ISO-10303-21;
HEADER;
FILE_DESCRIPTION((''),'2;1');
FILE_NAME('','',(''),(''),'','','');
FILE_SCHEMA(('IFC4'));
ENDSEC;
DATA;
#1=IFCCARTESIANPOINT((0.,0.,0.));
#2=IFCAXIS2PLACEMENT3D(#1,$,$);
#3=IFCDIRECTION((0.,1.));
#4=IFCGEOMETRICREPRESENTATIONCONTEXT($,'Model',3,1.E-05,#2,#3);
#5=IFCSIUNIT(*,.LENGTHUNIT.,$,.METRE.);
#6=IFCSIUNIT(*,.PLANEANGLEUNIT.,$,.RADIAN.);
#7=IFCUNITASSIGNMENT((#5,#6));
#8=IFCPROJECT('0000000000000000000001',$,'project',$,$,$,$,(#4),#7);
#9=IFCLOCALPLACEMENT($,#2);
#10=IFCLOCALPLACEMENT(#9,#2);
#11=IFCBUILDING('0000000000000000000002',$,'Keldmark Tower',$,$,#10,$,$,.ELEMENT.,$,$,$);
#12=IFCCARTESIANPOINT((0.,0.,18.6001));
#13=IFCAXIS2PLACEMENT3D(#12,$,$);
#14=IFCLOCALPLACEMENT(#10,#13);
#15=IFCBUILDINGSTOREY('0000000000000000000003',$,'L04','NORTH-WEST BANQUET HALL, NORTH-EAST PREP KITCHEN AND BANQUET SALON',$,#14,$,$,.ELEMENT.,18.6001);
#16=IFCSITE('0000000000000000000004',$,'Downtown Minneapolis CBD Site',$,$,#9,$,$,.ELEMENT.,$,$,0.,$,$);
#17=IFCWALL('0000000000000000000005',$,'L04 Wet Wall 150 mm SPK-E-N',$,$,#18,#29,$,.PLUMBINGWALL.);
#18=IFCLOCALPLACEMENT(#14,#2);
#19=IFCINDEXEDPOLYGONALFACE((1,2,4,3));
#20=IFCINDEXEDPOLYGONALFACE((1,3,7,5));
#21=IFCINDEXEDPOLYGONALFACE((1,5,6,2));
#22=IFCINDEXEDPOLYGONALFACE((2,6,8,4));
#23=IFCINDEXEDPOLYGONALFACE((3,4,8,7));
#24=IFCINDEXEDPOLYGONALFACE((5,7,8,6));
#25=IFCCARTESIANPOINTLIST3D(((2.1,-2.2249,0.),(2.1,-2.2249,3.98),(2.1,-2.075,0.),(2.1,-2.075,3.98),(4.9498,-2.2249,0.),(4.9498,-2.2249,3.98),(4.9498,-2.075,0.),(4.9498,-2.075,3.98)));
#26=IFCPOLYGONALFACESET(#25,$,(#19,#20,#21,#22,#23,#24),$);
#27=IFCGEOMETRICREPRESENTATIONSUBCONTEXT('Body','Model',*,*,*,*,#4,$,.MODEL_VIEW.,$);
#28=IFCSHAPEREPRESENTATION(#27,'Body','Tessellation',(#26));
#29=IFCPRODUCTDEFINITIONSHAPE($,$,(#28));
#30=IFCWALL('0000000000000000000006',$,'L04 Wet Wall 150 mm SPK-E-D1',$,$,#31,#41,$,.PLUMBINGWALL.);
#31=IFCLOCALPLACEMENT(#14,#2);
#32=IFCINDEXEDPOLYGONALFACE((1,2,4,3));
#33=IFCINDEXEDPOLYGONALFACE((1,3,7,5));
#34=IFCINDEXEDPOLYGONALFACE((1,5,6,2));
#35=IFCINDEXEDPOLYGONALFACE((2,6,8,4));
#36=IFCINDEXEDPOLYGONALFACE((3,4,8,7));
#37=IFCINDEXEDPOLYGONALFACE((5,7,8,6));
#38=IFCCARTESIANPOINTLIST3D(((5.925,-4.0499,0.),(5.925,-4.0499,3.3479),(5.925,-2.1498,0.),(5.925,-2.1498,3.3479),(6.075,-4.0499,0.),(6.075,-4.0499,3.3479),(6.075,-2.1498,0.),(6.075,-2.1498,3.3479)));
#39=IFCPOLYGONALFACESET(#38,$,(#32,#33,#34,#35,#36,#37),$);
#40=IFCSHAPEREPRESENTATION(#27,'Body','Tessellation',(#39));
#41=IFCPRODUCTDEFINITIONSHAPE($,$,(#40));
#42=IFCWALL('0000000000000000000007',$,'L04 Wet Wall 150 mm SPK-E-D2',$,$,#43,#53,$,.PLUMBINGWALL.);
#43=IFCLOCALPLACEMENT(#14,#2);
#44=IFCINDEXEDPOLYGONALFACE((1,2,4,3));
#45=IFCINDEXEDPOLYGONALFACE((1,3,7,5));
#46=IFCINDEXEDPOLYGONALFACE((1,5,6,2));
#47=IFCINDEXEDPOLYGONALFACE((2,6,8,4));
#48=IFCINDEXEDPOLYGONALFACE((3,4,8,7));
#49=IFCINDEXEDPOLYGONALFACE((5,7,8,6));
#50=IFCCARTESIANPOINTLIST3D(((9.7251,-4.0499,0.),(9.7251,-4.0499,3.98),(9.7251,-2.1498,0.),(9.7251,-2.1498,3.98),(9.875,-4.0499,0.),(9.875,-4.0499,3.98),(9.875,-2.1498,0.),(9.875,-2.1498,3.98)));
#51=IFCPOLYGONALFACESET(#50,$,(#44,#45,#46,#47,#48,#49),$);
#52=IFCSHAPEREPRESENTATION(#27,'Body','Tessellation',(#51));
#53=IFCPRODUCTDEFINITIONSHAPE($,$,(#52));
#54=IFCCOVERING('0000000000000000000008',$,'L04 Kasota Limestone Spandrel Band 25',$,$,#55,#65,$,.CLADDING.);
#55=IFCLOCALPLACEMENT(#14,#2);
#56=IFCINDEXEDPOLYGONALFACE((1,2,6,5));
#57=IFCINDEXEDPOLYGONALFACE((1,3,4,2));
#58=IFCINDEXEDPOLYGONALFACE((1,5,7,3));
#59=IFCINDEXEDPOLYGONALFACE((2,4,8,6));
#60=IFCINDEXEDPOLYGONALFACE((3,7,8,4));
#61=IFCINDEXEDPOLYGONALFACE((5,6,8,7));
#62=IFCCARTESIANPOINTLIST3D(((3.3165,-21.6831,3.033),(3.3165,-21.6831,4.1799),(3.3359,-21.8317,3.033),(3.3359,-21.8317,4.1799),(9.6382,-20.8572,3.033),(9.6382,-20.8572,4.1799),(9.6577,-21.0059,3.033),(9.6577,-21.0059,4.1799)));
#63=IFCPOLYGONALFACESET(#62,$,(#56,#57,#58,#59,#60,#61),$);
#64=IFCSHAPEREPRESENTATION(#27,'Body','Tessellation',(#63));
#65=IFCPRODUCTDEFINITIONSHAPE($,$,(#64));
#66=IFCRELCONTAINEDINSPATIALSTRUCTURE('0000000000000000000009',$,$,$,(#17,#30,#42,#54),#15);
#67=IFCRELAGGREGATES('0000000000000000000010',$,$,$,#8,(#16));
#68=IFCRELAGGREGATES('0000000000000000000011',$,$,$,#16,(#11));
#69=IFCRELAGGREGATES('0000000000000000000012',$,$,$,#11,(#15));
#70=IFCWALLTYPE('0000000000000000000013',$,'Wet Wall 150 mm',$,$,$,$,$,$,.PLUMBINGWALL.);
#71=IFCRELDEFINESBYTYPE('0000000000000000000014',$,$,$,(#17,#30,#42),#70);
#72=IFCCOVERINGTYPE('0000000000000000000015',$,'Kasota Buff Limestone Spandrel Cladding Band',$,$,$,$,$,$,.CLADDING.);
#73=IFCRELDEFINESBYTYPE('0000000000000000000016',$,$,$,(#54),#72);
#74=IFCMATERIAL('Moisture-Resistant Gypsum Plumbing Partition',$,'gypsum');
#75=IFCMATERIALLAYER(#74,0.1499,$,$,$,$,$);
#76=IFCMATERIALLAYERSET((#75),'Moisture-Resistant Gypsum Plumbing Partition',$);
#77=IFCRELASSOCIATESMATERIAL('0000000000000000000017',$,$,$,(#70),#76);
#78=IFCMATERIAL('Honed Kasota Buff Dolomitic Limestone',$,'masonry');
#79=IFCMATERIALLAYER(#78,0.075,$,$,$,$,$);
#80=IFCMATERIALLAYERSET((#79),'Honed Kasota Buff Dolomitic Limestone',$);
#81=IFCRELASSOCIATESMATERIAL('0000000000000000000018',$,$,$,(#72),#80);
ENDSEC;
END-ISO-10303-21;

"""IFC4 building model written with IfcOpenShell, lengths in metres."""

from ifc_helpers import new_model, si_unit, direction, frame, frame_2d, origin, origin_2d, place, context, subcontext, project, spatial, rectangle, extrude, material, layer, layer_set, type_object, element, save


model = new_model("IFC4")

# Units and contexts
model_context = context("Model", 3, precision=1e-05, world=origin(), true_north=direction((0.0, 1.0)))
body_context = subcontext(model_context, "Body", "Model", "MODEL_VIEW")
ifc_project = project(units=[si_unit("LENGTHUNIT", "METRE"), si_unit("PLANEANGLEUNIT", "RADIAN")], contexts=[model_context])

# Site, building, storey
site_placement = place(None, origin())
site = spatial("IfcSite", under=ifc_project, at=site_placement, Name="Downtown Minneapolis CBD Site", CompositionType="ELEMENT", RefElevation=0.0)
building_placement = place(site_placement, origin())
building = spatial("IfcBuilding", under=site, at=building_placement, Name="Keldmark Tower", CompositionType="ELEMENT")
storey_placement = place(building_placement, frame((0.0, 0.0, 18.6001)))
storey = spatial("IfcBuildingStorey", under=building, at=storey_placement, Name="L04", Description="NORTH-WEST BANQUET HALL, NORTH-EAST PREP KITCHEN AND BANQUET SALON", CompositionType="ELEMENT", Elevation=18.6001)

# Walls
ifc_material_1 = material(Name="Moisture-Resistant Gypsum Plumbing Partition", Category="gypsum")
ifc_layer_1 = layer(ifc_material_1, 0.1499)
ifc_layer_set_1 = layer_set([ifc_layer_1], Name="Moisture-Resistant Gypsum Plumbing Partition")
wall_type_1 = type_object("IfcWallType", Name="Wet Wall 150 mm", PredefinedType="PLUMBINGWALL", material=ifc_layer_set_1)
wall_1_placement = place(storey_placement, frame((2.1001, -2.1499, 0.0), z_axis=(0.0, 0.0, 1.0), x_axis=(1.0, 0.0, 0.0)))
element("IfcWall", 1, at=wall_1_placement, inside=storey, type_object=wall_type_1, Name="L04 Wet Wall 150 mm SPK-E-N", PredefinedType="PLUMBINGWALL", context=body_context, shape_type="SweptSolid", body=[
    extrude(rectangle(XDim=2.8499, YDim=0.1499, at=frame_2d((1.4248, 0.0))), origin(), (0.0, 0.0, 1.0), 3.98),
])
wall_2_placement = place(storey_placement, frame((6.0, -4.05, 0.0), z_axis=(0.0, 0.0, 1.0), x_axis=(0.0, 1.0, 0.0)))
element("IfcWall", 2, at=wall_2_placement, inside=storey, type_object=wall_type_1, Name="L04 Wet Wall 150 mm SPK-E-D1", PredefinedType="PLUMBINGWALL", context=body_context, shape_type="SweptSolid", body=[
    extrude(rectangle(XDim=1.9001, YDim=0.1499, at=frame_2d((0.9502, 0.0))), origin(), (0.0, 0.0, 1.0), 3.3479),
])
wall_3_placement = place(storey_placement, frame((9.8, -4.05, 0.0), z_axis=(0.0, 0.0, 1.0), x_axis=(0.0, 1.0, 0.0)))
element("IfcWall", 3, at=wall_3_placement, inside=storey, type_object=wall_type_1, Name="L04 Wet Wall 150 mm SPK-E-D2", PredefinedType="PLUMBINGWALL", context=body_context, shape_type="SweptSolid", body=[
    extrude(rectangle(XDim=1.9001, YDim=0.1499, at=frame_2d((0.9502, 0.0))), origin(), (0.0, 0.0, 1.0), 3.98),
])

# Covering
ifc_material_2 = material(Name="Honed Kasota Buff Dolomitic Limestone", Category="masonry")
ifc_layer_2 = layer(ifc_material_2, 0.075)
ifc_layer_set_2 = layer_set([ifc_layer_2], Name="Honed Kasota Buff Dolomitic Limestone")
covering_type = type_object("IfcCoveringType", Name="Kasota Buff Limestone Spandrel Cladding Band", PredefinedType="CLADDING", material=ifc_layer_set_2)
covering_placement = place(storey_placement, frame((6.4871, -21.3445, 3.033), z_axis=(0.0, 0.0, 1.0), x_axis=(0.991574, 0.12954, 0.0)))
element("IfcCovering", 4, at=covering_placement, inside=storey, type_object=covering_type, Name="L04 Kasota Limestone Spandrel Band 25", PredefinedType="CLADDING", context=body_context, shape_type="SweptSolid", body=[
    extrude(rectangle(XDim=6.3755, YDim=0.1499, at=origin_2d()), origin(), (0.0, 0.0, 1.0), 1.147),
])

save(model, "model.ifc")
